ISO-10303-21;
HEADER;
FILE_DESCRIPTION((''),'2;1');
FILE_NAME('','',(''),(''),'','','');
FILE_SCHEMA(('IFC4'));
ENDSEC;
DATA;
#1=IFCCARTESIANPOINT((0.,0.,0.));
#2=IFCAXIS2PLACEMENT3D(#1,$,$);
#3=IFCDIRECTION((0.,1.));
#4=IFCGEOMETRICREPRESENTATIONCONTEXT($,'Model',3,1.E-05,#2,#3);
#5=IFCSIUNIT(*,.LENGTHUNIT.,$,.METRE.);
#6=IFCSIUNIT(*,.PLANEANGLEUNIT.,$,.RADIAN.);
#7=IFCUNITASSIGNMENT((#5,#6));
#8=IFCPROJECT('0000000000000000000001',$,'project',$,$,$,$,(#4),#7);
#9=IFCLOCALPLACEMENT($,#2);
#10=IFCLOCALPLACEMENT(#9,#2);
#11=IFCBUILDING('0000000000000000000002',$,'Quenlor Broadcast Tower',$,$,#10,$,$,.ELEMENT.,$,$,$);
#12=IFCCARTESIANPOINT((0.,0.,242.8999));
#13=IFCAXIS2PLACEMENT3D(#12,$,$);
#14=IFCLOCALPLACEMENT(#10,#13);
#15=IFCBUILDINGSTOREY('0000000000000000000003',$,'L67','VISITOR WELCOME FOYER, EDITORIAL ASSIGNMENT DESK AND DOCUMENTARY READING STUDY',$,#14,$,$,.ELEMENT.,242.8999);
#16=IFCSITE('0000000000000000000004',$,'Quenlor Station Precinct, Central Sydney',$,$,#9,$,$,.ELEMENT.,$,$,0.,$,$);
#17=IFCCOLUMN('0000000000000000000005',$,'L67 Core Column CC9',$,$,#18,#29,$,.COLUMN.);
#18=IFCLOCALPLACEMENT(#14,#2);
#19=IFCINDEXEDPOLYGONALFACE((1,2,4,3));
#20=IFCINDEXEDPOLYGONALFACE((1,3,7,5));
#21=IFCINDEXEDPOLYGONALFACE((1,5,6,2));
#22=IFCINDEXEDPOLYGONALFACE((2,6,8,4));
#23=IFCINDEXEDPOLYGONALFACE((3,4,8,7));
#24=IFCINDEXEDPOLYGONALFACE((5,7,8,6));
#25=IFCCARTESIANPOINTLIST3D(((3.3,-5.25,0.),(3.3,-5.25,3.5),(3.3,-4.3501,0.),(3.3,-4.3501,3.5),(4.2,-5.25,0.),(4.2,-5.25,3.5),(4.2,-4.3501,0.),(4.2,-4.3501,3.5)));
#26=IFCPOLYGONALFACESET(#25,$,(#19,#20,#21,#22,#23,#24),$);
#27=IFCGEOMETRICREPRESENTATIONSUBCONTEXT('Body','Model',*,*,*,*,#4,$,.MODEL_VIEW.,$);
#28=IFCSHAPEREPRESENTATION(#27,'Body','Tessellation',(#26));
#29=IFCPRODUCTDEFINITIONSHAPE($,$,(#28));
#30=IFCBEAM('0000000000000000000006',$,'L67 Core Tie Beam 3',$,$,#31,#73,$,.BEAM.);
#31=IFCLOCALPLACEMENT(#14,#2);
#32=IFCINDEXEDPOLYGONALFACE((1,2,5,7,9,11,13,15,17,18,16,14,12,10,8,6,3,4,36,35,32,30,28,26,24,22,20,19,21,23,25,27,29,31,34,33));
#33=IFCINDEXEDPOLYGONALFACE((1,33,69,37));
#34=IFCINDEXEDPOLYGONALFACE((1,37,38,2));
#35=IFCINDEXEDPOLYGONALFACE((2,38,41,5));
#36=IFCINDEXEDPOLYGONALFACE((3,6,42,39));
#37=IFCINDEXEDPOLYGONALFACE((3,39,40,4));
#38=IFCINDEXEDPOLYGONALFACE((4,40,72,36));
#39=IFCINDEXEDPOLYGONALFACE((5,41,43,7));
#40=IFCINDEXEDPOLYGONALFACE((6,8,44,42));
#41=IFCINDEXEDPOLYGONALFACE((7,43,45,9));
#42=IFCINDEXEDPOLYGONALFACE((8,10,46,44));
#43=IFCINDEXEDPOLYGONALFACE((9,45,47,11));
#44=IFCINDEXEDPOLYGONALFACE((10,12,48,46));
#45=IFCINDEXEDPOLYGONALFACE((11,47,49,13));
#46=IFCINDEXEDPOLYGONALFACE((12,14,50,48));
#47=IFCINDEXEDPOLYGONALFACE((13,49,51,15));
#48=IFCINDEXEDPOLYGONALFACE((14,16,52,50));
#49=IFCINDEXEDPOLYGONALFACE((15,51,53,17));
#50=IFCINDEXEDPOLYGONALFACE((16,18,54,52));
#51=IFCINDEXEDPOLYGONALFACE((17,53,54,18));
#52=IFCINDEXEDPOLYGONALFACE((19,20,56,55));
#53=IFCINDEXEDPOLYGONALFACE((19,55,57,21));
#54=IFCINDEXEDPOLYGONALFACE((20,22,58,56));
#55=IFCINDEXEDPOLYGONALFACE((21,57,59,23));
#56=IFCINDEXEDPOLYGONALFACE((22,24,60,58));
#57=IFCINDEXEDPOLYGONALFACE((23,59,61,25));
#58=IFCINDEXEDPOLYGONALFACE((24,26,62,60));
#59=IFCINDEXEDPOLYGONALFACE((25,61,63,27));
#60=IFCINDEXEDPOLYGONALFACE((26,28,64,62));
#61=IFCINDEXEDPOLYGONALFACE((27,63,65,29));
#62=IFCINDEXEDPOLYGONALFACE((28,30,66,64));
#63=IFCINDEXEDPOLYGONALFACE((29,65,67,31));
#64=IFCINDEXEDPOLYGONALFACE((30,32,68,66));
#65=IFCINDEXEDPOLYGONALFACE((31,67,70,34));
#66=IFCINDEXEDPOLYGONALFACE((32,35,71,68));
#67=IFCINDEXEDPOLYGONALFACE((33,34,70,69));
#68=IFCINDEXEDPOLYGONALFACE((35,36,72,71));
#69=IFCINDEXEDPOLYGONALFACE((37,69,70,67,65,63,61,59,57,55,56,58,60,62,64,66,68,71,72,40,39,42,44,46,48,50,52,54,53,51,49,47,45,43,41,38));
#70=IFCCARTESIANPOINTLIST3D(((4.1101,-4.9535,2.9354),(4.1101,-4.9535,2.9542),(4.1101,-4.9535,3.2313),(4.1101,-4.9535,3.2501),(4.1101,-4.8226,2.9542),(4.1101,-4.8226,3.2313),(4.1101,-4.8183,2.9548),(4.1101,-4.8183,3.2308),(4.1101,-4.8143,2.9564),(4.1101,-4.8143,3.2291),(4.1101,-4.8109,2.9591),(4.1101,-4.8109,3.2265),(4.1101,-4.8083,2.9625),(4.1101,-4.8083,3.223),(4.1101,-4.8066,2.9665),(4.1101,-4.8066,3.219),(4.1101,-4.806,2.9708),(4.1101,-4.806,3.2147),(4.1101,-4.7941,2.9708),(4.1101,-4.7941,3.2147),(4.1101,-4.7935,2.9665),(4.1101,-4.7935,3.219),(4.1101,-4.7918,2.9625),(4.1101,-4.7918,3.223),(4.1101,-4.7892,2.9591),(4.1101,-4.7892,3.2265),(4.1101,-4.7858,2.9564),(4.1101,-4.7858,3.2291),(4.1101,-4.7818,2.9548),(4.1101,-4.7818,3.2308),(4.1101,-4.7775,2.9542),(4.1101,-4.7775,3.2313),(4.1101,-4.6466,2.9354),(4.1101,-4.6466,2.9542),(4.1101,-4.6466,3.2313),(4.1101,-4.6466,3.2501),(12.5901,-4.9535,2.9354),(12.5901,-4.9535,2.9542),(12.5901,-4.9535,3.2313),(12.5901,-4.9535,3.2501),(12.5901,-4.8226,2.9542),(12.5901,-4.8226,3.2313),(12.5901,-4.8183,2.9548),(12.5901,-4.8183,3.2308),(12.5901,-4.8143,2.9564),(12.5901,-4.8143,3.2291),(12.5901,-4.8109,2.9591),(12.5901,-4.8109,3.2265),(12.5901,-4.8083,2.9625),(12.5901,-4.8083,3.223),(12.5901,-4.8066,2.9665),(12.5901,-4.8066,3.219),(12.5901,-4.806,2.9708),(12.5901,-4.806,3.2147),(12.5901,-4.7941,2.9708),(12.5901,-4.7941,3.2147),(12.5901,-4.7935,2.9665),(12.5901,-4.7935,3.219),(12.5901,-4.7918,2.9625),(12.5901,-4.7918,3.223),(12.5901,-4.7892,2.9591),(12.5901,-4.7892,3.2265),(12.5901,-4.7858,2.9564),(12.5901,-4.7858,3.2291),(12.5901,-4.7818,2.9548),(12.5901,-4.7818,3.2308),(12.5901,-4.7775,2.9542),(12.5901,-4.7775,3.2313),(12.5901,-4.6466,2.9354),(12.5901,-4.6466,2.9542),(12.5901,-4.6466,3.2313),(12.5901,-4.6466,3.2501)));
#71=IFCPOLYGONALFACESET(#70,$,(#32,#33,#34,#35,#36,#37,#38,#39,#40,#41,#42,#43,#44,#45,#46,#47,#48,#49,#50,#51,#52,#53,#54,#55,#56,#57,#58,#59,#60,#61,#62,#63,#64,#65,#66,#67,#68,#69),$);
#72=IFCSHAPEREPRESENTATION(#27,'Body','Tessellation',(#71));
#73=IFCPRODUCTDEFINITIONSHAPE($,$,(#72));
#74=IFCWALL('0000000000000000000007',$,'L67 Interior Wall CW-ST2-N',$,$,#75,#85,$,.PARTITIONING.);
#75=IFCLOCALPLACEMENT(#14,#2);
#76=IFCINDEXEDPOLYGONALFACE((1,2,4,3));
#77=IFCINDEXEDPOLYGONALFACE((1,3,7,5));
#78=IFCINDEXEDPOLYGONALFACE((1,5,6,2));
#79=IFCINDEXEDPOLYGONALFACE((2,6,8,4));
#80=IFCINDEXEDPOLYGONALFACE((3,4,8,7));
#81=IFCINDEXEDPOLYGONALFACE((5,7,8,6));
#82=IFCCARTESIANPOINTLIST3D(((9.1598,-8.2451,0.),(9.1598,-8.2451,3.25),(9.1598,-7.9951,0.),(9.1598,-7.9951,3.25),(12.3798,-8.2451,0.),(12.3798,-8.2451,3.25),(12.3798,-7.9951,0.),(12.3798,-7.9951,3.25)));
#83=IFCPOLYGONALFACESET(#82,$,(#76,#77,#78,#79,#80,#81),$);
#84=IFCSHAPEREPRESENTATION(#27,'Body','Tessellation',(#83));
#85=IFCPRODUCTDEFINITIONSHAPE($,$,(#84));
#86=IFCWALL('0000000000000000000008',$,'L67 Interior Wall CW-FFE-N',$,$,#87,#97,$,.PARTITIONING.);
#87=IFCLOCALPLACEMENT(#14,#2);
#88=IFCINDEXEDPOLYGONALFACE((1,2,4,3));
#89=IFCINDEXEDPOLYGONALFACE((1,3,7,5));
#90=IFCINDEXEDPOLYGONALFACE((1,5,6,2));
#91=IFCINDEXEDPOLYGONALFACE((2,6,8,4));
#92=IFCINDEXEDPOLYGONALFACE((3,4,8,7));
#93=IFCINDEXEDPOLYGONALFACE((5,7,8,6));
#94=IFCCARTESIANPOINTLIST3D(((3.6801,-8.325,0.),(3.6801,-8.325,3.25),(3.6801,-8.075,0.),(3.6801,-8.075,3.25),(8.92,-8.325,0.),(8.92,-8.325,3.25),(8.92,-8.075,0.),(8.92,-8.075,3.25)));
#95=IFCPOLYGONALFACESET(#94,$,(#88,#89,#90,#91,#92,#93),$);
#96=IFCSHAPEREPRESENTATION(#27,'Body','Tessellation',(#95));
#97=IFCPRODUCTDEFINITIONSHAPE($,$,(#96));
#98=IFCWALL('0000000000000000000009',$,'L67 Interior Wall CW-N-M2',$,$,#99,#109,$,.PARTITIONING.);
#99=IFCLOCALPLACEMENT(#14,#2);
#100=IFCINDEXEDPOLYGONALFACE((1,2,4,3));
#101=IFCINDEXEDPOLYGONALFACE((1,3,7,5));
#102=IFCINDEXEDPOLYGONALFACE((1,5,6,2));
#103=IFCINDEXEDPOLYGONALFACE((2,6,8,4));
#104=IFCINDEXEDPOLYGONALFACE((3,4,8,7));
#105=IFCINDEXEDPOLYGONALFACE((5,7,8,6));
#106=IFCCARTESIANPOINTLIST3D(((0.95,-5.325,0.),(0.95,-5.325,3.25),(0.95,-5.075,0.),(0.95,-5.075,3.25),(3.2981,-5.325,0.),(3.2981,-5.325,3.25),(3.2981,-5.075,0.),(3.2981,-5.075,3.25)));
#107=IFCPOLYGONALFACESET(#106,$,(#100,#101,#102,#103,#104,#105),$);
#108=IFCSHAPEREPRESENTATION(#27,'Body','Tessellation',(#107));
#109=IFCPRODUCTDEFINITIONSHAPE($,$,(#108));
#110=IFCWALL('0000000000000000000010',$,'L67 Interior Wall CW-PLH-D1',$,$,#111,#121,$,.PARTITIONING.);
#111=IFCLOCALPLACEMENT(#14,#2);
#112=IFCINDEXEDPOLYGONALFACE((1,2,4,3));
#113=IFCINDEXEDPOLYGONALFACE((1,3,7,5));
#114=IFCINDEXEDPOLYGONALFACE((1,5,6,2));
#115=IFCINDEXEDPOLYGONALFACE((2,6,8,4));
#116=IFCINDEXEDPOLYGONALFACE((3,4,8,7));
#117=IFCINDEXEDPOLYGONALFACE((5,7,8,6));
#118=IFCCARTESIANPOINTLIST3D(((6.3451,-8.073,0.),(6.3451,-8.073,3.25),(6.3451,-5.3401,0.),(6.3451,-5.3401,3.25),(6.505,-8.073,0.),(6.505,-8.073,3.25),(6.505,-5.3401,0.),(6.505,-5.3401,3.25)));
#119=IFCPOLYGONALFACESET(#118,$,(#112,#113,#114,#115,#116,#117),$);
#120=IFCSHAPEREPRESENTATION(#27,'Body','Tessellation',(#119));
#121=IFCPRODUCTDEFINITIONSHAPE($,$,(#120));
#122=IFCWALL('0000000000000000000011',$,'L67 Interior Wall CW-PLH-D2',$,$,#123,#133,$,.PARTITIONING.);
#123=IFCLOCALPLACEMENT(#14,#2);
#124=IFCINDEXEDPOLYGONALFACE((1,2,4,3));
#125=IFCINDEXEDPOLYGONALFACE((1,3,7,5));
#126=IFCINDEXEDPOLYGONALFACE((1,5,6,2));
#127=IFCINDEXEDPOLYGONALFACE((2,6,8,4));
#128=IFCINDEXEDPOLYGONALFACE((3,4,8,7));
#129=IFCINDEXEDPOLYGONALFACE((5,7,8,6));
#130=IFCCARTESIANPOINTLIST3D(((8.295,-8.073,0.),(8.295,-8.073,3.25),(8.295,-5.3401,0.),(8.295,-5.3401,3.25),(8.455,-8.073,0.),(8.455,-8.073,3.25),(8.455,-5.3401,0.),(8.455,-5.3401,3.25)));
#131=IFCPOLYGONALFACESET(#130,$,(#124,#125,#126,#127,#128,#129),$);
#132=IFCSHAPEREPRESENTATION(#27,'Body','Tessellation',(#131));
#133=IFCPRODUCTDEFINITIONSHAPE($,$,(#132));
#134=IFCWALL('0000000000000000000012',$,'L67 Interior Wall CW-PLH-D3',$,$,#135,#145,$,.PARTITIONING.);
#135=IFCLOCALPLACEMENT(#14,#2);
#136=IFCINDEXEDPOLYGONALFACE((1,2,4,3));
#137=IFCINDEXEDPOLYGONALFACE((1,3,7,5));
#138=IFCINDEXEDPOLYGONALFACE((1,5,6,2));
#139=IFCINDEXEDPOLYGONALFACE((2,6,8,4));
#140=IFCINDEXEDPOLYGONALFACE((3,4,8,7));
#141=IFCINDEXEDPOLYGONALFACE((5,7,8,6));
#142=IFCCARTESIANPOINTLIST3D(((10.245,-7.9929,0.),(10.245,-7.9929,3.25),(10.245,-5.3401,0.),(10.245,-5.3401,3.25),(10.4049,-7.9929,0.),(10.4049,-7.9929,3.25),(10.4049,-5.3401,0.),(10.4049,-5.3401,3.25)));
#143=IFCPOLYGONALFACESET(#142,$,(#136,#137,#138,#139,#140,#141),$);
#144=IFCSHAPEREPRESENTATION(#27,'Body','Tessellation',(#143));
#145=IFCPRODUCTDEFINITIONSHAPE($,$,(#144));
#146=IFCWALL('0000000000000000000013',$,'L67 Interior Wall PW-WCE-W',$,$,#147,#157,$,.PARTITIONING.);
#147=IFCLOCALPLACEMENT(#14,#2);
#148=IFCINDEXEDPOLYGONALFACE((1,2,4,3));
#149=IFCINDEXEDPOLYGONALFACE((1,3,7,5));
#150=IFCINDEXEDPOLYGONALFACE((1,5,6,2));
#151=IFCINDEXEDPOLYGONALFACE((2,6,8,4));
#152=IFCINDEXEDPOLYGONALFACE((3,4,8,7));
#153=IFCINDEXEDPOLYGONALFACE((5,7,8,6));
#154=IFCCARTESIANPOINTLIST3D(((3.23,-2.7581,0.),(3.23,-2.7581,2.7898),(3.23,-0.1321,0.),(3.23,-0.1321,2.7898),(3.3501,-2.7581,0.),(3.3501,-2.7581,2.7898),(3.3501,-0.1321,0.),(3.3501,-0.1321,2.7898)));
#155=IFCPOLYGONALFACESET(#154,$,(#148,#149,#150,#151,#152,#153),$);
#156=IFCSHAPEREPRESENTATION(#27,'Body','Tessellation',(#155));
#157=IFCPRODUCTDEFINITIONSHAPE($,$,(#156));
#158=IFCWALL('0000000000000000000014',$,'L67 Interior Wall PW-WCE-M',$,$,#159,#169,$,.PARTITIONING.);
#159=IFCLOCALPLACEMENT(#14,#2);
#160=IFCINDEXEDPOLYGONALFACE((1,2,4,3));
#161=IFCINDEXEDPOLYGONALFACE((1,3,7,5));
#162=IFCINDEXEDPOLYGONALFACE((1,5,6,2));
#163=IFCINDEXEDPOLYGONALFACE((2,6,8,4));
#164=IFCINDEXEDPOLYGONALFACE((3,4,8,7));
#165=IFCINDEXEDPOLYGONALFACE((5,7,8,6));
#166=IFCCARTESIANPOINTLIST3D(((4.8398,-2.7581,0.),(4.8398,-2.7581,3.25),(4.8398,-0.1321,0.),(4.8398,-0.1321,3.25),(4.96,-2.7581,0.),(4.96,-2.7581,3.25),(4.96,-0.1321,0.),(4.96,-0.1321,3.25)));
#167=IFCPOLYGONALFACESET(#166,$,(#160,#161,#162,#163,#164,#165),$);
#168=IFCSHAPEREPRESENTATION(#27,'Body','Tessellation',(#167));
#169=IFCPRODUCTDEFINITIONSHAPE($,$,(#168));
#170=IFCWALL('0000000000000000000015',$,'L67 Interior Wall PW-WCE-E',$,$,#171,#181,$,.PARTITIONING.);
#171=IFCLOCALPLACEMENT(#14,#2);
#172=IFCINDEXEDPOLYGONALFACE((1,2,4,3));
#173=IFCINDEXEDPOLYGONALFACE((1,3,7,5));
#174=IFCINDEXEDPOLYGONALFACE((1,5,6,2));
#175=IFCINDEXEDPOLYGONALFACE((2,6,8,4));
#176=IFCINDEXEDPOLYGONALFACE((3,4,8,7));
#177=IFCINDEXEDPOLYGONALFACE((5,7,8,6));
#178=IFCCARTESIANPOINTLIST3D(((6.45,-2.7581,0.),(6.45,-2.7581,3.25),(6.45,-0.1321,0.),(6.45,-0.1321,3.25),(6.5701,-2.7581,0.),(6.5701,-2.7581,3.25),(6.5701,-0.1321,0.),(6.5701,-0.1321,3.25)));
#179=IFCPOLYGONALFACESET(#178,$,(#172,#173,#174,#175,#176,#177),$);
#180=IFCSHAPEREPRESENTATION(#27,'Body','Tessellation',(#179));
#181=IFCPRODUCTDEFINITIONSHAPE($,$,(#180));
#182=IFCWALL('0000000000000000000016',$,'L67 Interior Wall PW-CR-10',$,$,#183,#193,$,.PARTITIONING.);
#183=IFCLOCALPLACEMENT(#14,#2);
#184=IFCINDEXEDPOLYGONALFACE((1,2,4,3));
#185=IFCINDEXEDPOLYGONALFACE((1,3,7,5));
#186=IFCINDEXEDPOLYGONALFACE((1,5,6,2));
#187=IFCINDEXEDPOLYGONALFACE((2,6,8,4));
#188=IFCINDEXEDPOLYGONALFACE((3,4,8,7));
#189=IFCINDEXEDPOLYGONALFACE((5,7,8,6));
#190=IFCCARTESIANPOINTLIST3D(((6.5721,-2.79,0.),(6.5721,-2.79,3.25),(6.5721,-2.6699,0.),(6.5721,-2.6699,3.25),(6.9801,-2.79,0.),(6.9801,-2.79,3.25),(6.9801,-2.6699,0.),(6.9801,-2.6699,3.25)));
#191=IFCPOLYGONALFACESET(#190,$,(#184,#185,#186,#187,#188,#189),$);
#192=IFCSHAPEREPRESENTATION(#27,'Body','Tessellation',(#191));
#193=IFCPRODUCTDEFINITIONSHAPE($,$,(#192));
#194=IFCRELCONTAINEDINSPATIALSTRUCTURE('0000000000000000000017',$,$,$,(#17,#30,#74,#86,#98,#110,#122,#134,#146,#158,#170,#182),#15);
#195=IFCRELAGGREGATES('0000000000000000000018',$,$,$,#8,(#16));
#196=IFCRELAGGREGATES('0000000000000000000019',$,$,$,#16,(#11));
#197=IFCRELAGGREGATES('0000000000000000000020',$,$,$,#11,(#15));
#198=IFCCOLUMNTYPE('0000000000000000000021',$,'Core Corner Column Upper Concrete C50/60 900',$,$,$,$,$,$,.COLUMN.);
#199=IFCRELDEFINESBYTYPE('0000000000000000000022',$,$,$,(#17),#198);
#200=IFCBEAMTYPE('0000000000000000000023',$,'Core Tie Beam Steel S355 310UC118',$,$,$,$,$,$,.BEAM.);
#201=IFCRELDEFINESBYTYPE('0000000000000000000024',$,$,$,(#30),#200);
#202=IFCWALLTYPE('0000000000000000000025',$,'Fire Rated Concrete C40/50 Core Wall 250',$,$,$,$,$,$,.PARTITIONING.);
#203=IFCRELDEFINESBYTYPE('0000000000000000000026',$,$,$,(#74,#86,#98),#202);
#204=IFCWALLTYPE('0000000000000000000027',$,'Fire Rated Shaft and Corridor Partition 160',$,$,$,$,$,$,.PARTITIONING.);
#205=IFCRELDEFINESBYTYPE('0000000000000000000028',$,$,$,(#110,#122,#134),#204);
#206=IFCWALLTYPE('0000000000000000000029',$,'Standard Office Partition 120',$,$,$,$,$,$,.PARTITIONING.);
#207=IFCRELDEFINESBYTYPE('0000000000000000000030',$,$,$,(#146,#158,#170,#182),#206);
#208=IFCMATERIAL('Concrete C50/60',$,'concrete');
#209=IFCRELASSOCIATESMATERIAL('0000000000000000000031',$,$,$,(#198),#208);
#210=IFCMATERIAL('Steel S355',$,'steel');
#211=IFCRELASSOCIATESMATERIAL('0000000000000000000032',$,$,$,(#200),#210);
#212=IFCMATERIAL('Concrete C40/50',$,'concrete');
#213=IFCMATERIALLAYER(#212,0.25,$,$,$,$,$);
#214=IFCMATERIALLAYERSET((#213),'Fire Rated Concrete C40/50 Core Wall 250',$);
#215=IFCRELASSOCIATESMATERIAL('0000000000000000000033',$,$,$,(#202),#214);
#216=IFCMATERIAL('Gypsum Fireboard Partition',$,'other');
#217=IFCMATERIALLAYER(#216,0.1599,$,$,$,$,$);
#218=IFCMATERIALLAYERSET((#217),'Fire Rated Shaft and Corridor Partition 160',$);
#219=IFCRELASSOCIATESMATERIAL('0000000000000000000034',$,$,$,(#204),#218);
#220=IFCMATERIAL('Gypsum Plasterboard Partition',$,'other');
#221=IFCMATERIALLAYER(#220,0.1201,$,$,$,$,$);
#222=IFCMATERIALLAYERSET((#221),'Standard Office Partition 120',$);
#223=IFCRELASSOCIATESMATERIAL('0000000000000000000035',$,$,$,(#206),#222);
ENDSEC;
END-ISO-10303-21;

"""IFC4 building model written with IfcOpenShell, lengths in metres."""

from ifc_helpers import new_model, si_unit, direction, frame, frame_2d, origin, origin_2d, place, context, subcontext, project, spatial, rectangle, i_section, extrude, material, layer, layer_set, material_profile, profile_set, type_object, element, save


model = new_model("IFC4")

# Units and contexts
model_context = context("Model", 3, precision=1e-05, world=origin(), true_north=direction((0.0, 1.0)))
body_context = subcontext(model_context, "Body", "Model", "MODEL_VIEW")
ifc_project = project(units=[si_unit("LENGTHUNIT", "METRE"), si_unit("PLANEANGLEUNIT", "RADIAN")], contexts=[model_context])

# Site, building, storey
site_placement = place(None, origin())
site = spatial("IfcSite", under=ifc_project, at=site_placement, Name="Quenlor Station Precinct, Central Sydney", CompositionType="ELEMENT", RefElevation=0.0)
building_placement = place(site_placement, origin())
building = spatial("IfcBuilding", under=site, at=building_placement, Name="Quenlor Broadcast Tower", CompositionType="ELEMENT")
storey_placement = place(building_placement, frame((0.0, 0.0, 242.8999)))
storey = spatial("IfcBuildingStorey", under=building, at=storey_placement, Name="L67", Description="VISITOR WELCOME FOYER, EDITORIAL ASSIGNMENT DESK AND DOCUMENTARY READING STUDY", CompositionType="ELEMENT", Elevation=242.8999)

# Column
ifc_material_1 = material(Name="Concrete C50/60", Category="concrete")
ifc_material_profile_1 = material_profile(ifc_material_1, rectangle(XDim=0.8999, YDim=0.8999, at=origin_2d()))
ifc_profile_set_1 = profile_set([ifc_material_profile_1], Name="Concrete C50/60 RC900x900")
column_type = type_object("IfcColumnType", Name="Core Corner Column Upper Concrete C50/60 900", PredefinedType="COLUMN", material=ifc_profile_set_1)
column_placement = place(storey_placement, frame((3.75, -4.8, 0.0), z_axis=(0.0, 0.0, 1.0), x_axis=(1.0, 0.0, 0.0)))
element("IfcColumn", 1, at=column_placement, inside=storey, type_object=column_type, Name="L67 Core Column CC9", PredefinedType="COLUMN", context=body_context, shape_type="SweptSolid", body=[
    extrude(rectangle(XDim=0.8999, YDim=0.8999, at=origin_2d()), origin(), (0.0, 0.0, 1.0), 3.5),
])

# Beam
ifc_material_2 = material(Name="Steel S355", Category="steel")
ifc_material_profile_2 = material_profile(ifc_material_2, i_section(OverallWidth=0.3069, OverallDepth=0.3147, WebThickness=0.012, FlangeThickness=0.0188, FilletRadius=0.0166, at=origin_2d()))
ifc_profile_set_2 = profile_set([ifc_material_profile_2], Name="Steel S355 310UC118")
beam_type = type_object("IfcBeamType", Name="Core Tie Beam Steel S355 310UC118", PredefinedType="BEAM", material=ifc_profile_set_2)
beam_placement = place(storey_placement, frame((4.1101, -4.8, 3.0928), z_axis=(1.0, 0.0, 0.0), x_axis=(0.0, 1.0, 0.0)))
element("IfcBeam", 2, at=beam_placement, inside=storey, type_object=beam_type, Name="L67 Core Tie Beam 3", PredefinedType="BEAM", context=body_context, shape_type="SweptSolid", body=[
    extrude(i_section(OverallWidth=0.3069, OverallDepth=0.3147, WebThickness=0.012, FlangeThickness=0.0188, FilletRadius=0.0166, at=origin_2d()), origin(), (0.0, 0.0, 1.0), 8.48),
])

# Walls
ifc_material_3 = material(Name="Concrete C40/50", Category="concrete")
ifc_layer_1 = layer(ifc_material_3, 0.25)
ifc_layer_set_1 = layer_set([ifc_layer_1], Name="Fire Rated Concrete C40/50 Core Wall 250")
wall_type_1 = type_object("IfcWallType", Name="Fire Rated Concrete C40/50 Core Wall 250", PredefinedType="PARTITIONING", material=ifc_layer_set_1)
wall_1_placement = place(storey_placement, frame((9.1599, -8.1201, 0.0), z_axis=(0.0, 0.0, 1.0), x_axis=(1.0, 0.0, 0.0)))
element("IfcWall", 3, at=wall_1_placement, inside=storey, type_object=wall_type_1, Name="L67 Interior Wall CW-ST2-N", PredefinedType="PARTITIONING", context=body_context, shape_type="SweptSolid", body=[
    extrude(rectangle(XDim=3.22, YDim=0.25, at=frame_2d((1.6099, 0.0))), origin(), (0.0, 0.0, 1.0), 3.25),
])
wall_2_placement = place(storey_placement, frame((3.6799, -8.2, 0.0), z_axis=(0.0, 0.0, 1.0), x_axis=(1.0, 0.0, 0.0)))
element("IfcWall", 4, at=wall_2_placement, inside=storey, type_object=wall_type_1, Name="L67 Interior Wall CW-FFE-N", PredefinedType="PARTITIONING", context=body_context, shape_type="SweptSolid", body=[
    extrude(rectangle(XDim=5.24, YDim=0.25, at=frame_2d((2.6201, 0.0))), origin(), (0.0, 0.0, 1.0), 3.25),
])

# Walls
wall_3_placement = place(storey_placement, frame((0.95, -5.2, 0.0), z_axis=(0.0, 0.0, 1.0), x_axis=(1.0, 0.0, 0.0)))
element("IfcWall", 5, at=wall_3_placement, inside=storey, type_object=wall_type_1, Name="L67 Interior Wall CW-N-M2", PredefinedType="PARTITIONING", context=body_context, shape_type="SweptSolid", body=[
    extrude(rectangle(XDim=2.3481, YDim=0.25, at=frame_2d((1.1741, 0.0))), origin(), (0.0, 0.0, 1.0), 3.25),
])
ifc_material_4 = material(Name="Gypsum Fireboard Partition", Category="other")
ifc_layer_2 = layer(ifc_material_4, 0.1599)
ifc_layer_set_2 = layer_set([ifc_layer_2], Name="Fire Rated Shaft and Corridor Partition 160")
wall_type_2 = type_object("IfcWallType", Name="Fire Rated Shaft and Corridor Partition 160", PredefinedType="PARTITIONING", material=ifc_layer_set_2)
for number, where, z_axis, x_axis, name in (
    (6, (6.425, -8.073, 0.0), (0.0, 0.0, 1.0), (0.0, 1.0, 0.0), "L67 Interior Wall CW-PLH-D1"),
    (7, (8.375, -8.073, 0.0), (0.0, 0.0, 1.0), (0.0, 1.0, 0.0), "L67 Interior Wall CW-PLH-D2"),
):
    element("IfcWall", number, at=place(storey_placement, frame(where, z_axis=z_axis, x_axis=x_axis)), inside=storey, type_object=wall_type_2, Name=name, PredefinedType="PARTITIONING", context=body_context, shape_type="SweptSolid", body=[
        extrude(rectangle(XDim=2.7329, YDim=0.1599, at=frame_2d((1.3665, 0.0))), origin(), (0.0, 0.0, 1.0), 3.25),
    ])
wall_4_placement = place(storey_placement, frame((10.325, -7.9929, 0.0), z_axis=(0.0, 0.0, 1.0), x_axis=(0.0, 1.0, 0.0)))
element("IfcWall", 8, at=wall_4_placement, inside=storey, type_object=wall_type_2, Name="L67 Interior Wall CW-PLH-D3", PredefinedType="PARTITIONING", context=body_context, shape_type="SweptSolid", body=[
    extrude(rectangle(XDim=2.6528, YDim=0.1599, at=frame_2d((1.3264, 0.0))), origin(), (0.0, 0.0, 1.0), 3.25),
])

# Shared definitions
ifc_material_5 = material(Name="Gypsum Plasterboard Partition", Category="other")
ifc_layer_3 = layer(ifc_material_5, 0.1201)
ifc_layer_set_3 = layer_set([ifc_layer_3], Name="Standard Office Partition 120")
wall_type_3 = type_object("IfcWallType", Name="Standard Office Partition 120", PredefinedType="PARTITIONING", material=ifc_layer_set_3)

# Walls
wall_5_placement = place(storey_placement, frame((3.29, -2.7581, 0.0), z_axis=(0.0, 0.0, 1.0), x_axis=(0.0, 1.0, 0.0)))
element("IfcWall", 9, at=wall_5_placement, inside=storey, type_object=wall_type_3, Name="L67 Interior Wall PW-WCE-W", PredefinedType="PARTITIONING", context=body_context, shape_type="SweptSolid", body=[
    extrude(rectangle(XDim=2.626, YDim=0.1201, at=frame_2d((1.313, 0.0))), origin(), (0.0, 0.0, 1.0), 2.7898),
])
for number, where, z_axis, x_axis, name in (
    (10, (4.8999, -2.7581, 0.0), (0.0, 0.0, 1.0), (0.0, 1.0, 0.0), "L67 Interior Wall PW-WCE-M"),
    (11, (6.51, -2.7581, 0.0), (0.0, 0.0, 1.0), (0.0, 1.0, 0.0), "L67 Interior Wall PW-WCE-E"),
):
    element("IfcWall", number, at=place(storey_placement, frame(where, z_axis=z_axis, x_axis=x_axis)), inside=storey, type_object=wall_type_3, Name=name, PredefinedType="PARTITIONING", context=body_context, shape_type="SweptSolid", body=[
        extrude(rectangle(XDim=2.626, YDim=0.1201, at=frame_2d((1.313, 0.0))), origin(), (0.0, 0.0, 1.0), 3.25),
    ])
wall_6_placement = place(storey_placement, frame((6.572, -2.73, 0.0), z_axis=(0.0, 0.0, 1.0), x_axis=(1.0, 0.0, 0.0)))
element("IfcWall", 12, at=wall_6_placement, inside=storey, type_object=wall_type_3, Name="L67 Interior Wall PW-CR-10", PredefinedType="PARTITIONING", context=body_context, shape_type="SweptSolid", body=[
    extrude(rectangle(XDim=0.408, YDim=0.1201, at=frame_2d((0.2041, 0.0))), origin(), (0.0, 0.0, 1.0), 3.25),
])

save(model, "model.ifc")
